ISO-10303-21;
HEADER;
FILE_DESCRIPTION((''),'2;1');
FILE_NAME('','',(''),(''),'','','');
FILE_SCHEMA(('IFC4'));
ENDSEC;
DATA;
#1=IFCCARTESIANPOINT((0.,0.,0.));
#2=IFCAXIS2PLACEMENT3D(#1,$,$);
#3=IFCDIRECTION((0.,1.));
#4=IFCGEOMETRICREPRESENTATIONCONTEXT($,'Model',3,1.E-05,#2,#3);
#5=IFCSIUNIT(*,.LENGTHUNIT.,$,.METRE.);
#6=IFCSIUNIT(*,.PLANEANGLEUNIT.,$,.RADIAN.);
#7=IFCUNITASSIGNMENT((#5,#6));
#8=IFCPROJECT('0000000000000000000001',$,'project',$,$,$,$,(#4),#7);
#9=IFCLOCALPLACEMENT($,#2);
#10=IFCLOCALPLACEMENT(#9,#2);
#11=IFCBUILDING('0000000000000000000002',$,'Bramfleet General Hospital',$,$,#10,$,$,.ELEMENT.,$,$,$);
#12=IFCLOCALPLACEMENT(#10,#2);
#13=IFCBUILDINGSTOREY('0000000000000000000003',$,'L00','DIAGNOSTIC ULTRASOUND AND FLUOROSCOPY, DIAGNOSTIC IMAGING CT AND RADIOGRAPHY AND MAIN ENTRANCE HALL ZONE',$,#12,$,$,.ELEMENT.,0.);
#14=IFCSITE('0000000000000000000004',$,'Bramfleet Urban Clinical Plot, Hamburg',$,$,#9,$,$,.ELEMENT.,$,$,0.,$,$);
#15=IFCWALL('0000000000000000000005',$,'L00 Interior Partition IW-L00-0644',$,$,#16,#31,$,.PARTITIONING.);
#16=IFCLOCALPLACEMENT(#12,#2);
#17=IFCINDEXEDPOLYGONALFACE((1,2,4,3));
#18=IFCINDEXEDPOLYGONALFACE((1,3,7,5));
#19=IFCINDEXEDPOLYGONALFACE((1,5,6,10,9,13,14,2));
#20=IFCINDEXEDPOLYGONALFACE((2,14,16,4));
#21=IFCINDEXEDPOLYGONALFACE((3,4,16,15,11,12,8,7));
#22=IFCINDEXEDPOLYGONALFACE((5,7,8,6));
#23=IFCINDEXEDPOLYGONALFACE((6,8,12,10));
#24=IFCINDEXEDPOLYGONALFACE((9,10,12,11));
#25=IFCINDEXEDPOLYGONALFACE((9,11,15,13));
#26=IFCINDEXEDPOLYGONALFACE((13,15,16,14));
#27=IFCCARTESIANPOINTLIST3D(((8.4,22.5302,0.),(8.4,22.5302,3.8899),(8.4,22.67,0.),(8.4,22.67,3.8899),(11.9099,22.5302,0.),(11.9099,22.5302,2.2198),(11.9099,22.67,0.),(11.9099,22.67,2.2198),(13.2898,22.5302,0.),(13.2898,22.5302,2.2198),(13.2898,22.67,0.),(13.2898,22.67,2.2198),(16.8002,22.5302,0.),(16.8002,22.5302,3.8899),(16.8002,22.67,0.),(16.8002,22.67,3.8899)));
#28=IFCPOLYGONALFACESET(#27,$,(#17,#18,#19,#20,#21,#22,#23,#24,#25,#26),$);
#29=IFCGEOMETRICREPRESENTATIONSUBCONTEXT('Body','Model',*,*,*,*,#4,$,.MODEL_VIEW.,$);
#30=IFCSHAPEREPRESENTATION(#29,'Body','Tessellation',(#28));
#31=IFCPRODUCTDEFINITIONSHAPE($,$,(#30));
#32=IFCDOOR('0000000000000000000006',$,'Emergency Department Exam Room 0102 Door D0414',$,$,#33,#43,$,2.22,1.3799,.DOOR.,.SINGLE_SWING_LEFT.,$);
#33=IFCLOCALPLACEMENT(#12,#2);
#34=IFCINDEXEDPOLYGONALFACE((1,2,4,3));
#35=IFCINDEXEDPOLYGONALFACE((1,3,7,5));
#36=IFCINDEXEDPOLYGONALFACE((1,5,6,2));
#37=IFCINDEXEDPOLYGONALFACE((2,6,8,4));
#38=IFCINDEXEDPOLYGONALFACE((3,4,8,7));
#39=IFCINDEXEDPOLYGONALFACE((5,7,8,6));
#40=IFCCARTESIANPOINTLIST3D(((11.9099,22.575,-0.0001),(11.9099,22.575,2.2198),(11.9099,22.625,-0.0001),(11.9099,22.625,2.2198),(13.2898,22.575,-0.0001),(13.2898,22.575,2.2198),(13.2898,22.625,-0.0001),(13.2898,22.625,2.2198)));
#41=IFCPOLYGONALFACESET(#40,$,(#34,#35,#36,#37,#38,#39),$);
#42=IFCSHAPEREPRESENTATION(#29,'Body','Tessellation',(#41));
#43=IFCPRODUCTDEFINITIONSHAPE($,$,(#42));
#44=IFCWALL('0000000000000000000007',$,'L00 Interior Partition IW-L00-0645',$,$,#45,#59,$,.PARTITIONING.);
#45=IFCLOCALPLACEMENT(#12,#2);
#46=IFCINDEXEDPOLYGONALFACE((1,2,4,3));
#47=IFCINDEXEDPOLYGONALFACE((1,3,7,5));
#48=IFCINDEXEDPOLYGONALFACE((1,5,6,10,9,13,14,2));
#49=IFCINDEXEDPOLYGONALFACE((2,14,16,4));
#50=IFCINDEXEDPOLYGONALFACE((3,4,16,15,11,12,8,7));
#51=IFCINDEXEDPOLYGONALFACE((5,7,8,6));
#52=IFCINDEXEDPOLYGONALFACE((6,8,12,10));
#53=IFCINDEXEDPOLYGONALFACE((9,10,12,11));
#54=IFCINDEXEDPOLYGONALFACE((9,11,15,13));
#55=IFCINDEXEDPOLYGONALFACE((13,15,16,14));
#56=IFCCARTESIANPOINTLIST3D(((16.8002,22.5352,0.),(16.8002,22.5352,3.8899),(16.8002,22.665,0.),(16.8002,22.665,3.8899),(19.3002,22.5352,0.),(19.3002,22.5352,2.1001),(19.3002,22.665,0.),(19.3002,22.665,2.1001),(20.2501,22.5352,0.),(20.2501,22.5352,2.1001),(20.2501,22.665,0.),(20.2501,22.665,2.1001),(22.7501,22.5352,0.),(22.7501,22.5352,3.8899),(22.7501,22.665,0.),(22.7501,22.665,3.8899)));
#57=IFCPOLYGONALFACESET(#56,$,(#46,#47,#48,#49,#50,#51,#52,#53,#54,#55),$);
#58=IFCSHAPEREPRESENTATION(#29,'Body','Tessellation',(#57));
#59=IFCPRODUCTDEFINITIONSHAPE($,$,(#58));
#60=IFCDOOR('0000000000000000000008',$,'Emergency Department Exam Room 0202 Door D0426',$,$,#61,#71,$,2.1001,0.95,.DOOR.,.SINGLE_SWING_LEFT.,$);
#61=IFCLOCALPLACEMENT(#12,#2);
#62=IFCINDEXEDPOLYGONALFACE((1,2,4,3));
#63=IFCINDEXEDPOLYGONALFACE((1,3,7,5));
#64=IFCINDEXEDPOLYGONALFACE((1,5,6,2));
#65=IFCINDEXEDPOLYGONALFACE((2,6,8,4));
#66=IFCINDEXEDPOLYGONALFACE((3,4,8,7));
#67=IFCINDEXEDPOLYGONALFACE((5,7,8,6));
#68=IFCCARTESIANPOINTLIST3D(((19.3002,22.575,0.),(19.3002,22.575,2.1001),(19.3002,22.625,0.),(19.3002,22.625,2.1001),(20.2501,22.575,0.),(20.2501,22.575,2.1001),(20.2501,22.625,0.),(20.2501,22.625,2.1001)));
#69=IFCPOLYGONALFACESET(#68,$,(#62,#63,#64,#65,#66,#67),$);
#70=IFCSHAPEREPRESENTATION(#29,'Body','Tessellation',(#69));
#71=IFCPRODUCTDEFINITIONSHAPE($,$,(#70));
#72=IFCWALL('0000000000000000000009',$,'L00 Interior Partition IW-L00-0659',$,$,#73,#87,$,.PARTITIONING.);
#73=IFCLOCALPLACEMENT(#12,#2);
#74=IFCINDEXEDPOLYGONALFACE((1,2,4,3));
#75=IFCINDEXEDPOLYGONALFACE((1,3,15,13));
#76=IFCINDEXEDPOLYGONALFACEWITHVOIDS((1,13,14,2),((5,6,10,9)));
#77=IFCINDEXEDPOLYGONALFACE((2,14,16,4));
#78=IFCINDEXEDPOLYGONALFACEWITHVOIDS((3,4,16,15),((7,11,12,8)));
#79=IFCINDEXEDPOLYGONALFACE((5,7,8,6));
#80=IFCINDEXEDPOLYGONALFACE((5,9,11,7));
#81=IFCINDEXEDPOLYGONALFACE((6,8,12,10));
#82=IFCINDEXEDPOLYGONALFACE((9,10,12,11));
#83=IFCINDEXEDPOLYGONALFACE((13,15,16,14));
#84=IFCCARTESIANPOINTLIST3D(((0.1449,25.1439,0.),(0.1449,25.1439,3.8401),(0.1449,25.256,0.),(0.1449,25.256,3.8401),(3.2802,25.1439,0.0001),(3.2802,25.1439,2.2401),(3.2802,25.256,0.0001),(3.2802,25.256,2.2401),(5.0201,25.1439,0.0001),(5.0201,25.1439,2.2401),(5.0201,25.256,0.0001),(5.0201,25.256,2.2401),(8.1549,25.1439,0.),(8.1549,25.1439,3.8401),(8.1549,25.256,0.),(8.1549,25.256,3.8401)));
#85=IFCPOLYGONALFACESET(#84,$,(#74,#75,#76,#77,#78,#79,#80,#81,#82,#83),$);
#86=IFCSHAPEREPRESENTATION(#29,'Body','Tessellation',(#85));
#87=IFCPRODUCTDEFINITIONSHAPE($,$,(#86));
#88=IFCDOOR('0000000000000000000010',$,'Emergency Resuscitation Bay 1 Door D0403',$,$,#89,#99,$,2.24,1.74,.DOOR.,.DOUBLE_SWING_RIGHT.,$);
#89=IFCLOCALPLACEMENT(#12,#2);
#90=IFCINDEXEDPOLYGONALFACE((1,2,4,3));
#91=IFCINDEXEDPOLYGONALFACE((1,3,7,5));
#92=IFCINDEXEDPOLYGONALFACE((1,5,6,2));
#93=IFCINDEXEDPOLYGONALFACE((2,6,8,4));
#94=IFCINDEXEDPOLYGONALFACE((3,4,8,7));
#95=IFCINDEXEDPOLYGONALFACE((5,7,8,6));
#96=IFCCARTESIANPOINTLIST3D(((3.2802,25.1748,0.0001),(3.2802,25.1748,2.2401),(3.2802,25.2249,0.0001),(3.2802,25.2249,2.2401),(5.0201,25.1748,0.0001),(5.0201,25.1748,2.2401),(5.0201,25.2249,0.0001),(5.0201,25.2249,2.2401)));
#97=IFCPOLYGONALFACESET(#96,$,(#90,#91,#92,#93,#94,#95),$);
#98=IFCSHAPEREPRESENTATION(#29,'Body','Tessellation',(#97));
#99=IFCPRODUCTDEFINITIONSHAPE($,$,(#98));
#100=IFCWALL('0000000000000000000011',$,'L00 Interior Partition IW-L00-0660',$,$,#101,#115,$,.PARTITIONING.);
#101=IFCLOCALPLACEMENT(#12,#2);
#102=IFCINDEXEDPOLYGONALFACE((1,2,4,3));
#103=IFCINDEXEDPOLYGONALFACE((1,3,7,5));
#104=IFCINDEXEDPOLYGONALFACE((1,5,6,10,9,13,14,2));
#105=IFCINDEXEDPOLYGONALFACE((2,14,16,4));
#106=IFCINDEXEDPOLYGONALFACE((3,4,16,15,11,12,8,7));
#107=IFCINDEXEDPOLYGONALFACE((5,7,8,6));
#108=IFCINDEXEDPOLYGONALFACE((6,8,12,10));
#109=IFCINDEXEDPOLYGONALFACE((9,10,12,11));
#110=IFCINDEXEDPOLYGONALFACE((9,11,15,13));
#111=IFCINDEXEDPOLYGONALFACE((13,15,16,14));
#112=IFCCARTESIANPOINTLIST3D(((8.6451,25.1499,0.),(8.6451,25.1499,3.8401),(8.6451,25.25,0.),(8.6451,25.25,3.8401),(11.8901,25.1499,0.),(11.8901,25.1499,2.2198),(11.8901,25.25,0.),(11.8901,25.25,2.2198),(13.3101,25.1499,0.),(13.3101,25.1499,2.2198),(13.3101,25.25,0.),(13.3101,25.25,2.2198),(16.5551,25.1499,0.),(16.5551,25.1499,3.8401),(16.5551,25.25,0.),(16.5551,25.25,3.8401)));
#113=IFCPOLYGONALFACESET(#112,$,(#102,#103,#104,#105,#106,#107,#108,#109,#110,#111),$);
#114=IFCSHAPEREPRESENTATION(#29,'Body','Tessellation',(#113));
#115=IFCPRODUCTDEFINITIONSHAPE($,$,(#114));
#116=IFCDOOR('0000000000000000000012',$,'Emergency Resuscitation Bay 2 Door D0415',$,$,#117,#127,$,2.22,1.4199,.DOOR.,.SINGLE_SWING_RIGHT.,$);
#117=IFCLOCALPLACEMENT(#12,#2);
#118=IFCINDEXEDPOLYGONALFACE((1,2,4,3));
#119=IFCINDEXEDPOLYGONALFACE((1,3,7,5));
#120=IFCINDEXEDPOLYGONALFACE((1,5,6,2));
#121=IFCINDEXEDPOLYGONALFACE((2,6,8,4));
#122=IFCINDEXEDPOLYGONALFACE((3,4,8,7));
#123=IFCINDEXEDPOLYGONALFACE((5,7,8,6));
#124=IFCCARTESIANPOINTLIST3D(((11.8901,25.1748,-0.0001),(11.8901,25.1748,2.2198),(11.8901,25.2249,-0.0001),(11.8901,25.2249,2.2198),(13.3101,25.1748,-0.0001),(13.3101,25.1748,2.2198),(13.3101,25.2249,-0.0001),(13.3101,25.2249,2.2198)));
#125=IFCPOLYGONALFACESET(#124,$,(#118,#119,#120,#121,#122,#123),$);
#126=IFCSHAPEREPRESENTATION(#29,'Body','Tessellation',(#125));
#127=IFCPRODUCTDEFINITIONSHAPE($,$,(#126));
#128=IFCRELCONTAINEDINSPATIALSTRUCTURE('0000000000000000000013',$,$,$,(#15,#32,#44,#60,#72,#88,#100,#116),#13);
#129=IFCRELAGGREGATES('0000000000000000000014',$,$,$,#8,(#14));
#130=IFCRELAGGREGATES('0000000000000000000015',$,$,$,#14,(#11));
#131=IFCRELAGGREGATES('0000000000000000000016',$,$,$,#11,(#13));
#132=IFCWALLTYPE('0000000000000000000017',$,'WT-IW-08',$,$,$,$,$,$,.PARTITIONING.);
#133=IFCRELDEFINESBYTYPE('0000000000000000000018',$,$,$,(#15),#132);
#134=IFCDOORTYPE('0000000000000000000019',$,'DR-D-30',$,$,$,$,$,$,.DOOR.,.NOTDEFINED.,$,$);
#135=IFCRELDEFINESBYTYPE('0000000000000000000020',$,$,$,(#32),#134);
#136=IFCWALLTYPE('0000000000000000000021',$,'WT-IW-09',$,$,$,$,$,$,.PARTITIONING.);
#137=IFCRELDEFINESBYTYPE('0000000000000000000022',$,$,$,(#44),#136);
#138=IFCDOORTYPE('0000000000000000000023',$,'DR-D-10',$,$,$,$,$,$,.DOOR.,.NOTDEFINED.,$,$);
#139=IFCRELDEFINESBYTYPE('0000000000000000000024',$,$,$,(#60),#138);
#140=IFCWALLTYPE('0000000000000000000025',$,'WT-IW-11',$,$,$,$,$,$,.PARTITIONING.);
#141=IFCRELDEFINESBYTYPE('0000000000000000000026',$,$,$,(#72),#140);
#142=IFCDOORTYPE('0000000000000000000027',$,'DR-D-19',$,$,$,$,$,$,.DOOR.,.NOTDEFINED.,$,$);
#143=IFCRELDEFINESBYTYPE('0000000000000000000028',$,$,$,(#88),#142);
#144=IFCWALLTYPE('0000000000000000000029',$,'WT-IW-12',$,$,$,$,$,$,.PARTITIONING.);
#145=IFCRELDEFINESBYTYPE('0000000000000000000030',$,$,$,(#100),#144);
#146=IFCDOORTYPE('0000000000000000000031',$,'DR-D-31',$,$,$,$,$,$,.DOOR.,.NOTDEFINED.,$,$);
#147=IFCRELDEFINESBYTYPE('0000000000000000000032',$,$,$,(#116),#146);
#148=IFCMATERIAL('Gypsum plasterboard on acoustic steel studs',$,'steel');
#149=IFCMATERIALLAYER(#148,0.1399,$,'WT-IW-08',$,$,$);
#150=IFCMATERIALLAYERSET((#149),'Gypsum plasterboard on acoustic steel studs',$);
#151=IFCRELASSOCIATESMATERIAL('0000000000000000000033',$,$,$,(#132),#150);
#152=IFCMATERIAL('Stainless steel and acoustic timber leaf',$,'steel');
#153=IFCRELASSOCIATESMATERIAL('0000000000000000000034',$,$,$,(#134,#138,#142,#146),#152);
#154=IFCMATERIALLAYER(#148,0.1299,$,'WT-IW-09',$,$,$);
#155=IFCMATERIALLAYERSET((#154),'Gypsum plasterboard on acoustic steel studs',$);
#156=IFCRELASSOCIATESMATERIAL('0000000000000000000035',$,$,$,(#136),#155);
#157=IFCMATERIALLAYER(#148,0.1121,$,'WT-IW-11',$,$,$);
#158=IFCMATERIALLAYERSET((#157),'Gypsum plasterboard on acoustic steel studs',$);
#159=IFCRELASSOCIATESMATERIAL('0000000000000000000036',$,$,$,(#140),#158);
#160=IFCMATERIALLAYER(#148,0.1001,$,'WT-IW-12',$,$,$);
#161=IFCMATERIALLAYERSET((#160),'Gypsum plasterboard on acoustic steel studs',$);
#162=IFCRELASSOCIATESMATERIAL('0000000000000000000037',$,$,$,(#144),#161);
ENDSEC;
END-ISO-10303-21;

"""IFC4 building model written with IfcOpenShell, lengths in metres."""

from ifc_helpers import new_model, si_unit, direction, frame, frame_2d, origin, place, context, subcontext, project, spatial, rectangle, extrude, material, layer, layer_set, type_object, element, fill, save


model = new_model("IFC4")

# Units and contexts
model_context = context("Model", 3, precision=1e-05, world=origin(), true_north=direction((0.0, 1.0)))
body_context = subcontext(model_context, "Body", "Model", "MODEL_VIEW")
ifc_project = project(units=[si_unit("LENGTHUNIT", "METRE"), si_unit("PLANEANGLEUNIT", "RADIAN")], contexts=[model_context])

# Site, building, storey
site_placement = place(None, origin())
site = spatial("IfcSite", under=ifc_project, at=site_placement, Name="Bramfleet Urban Clinical Plot, Hamburg", CompositionType="ELEMENT", RefElevation=0.0)
building_placement = place(site_placement, origin())
building = spatial("IfcBuilding", under=site, at=building_placement, Name="Bramfleet General Hospital", CompositionType="ELEMENT")
storey_placement = place(building_placement, origin())
storey = spatial("IfcBuildingStorey", under=building, at=storey_placement, Name="L00", Description="DIAGNOSTIC ULTRASOUND AND FLUOROSCOPY, DIAGNOSTIC IMAGING CT AND RADIOGRAPHY AND MAIN ENTRANCE HALL ZONE", CompositionType="ELEMENT", Elevation=0.0)

# Shared definitions
ifc_material_1 = material(Name="Stainless steel and acoustic timber leaf", Category="steel")

# Walls, openings, doors
ifc_material_2 = material(Name="Gypsum plasterboard on acoustic steel studs", Category="steel")
ifc_layer_1 = layer(ifc_material_2, 0.1399, Name="WT-IW-08")
ifc_layer_set_1 = layer_set([ifc_layer_1], Name="Gypsum plasterboard on acoustic steel studs")
wall_type_1 = type_object("IfcWallType", Name="WT-IW-08", PredefinedType="PARTITIONING", material=ifc_layer_set_1)
wall_1_placement = place(storey_placement, frame((8.3999, 22.6001, 0.0), z_axis=(0.0, 0.0, 1.0), x_axis=(1.0, 0.0, 0.0)))
wall_1 = element("IfcWall", 1, at=wall_1_placement, inside=storey, type_object=wall_type_1, Name="L00 Interior Partition IW-L00-0644", PredefinedType="PARTITIONING", context=body_context, shape_type="SweptSolid", body=[
    extrude(rectangle(XDim=8.4001, YDim=0.1399, at=frame_2d((4.2002, 0.0))), origin(), (0.0, 0.0, 1.0), 3.8899),
])
opening_1_placement = place(wall_1_placement, frame((3.51, 0.0, 0.0)))
opening_1 = element("IfcOpeningElement", 2, at=opening_1_placement, cuts=wall_1, PredefinedType="OPENING", context=body_context, shape_type="SweptSolid", body=[
    extrude(rectangle(XDim=1.3799, YDim=2.22, at=frame_2d((0.6899, 1.1099))), frame((0.0, 0.0798, 0.0), z_axis=(0.0, -1.0, 0.0), x_axis=(1.0, 0.0, 0.0)), (0.0, 0.0, 1.0), 0.1599),
])
door_type_1 = type_object("IfcDoorType", Name="DR-D-30", OperationType="NOTDEFINED", PredefinedType="DOOR", material=ifc_material_1)
door_1_placement = place(opening_1_placement, origin())
door_1 = element("IfcDoor", 3, at=door_1_placement, inside=storey, type_object=door_type_1, Name="Emergency Department Exam Room 0102 Door D0414", OperationType="SINGLE_SWING_LEFT", OverallHeight=2.22, OverallWidth=1.3799, PredefinedType="DOOR", context=body_context, shape_type="SweptSolid", body=[
    extrude(rectangle(XDim=1.3799, YDim=2.22, at=frame_2d((0.6899, 1.1099))), frame((0.0, 0.0249, 0.0), z_axis=(0.0, -1.0, 0.0), x_axis=(1.0, 0.0, 0.0)), (0.0, 0.0, 1.0), 0.05),
])
fill(opening_1, door_1)
ifc_layer_2 = layer(ifc_material_2, 0.1299, Name="WT-IW-09")
ifc_layer_set_2 = layer_set([ifc_layer_2], Name="Gypsum plasterboard on acoustic steel studs")
wall_type_2 = type_object("IfcWallType", Name="WT-IW-09", PredefinedType="PARTITIONING", material=ifc_layer_set_2)
wall_2_placement = place(storey_placement, frame((16.8, 22.6001, 0.0), z_axis=(0.0, 0.0, 1.0), x_axis=(1.0, 0.0, 0.0)))
wall_2 = element("IfcWall", 4, at=wall_2_placement, inside=storey, type_object=wall_type_2, Name="L00 Interior Partition IW-L00-0645", PredefinedType="PARTITIONING", context=body_context, shape_type="SweptSolid", body=[
    extrude(rectangle(XDim=5.95, YDim=0.1299, at=frame_2d((2.9751, 0.0))), origin(), (0.0, 0.0, 1.0), 3.8899),
])
opening_2_placement = place(wall_2_placement, frame((2.5, 0.0, 0.0)))
opening_2 = element("IfcOpeningElement", 5, at=opening_2_placement, cuts=wall_2, PredefinedType="OPENING", context=body_context, shape_type="SweptSolid", body=[
    extrude(rectangle(XDim=0.95, YDim=2.1001, at=frame_2d((0.4751, 1.05))), frame((0.0, 0.075, 0.0), z_axis=(0.0, -1.0, 0.0), x_axis=(1.0, 0.0, 0.0)), (0.0, 0.0, 1.0), 0.1499),
])
door_type_2 = type_object("IfcDoorType", Name="DR-D-10", OperationType="NOTDEFINED", PredefinedType="DOOR", material=ifc_material_1)
door_2_placement = place(opening_2_placement, origin())
door_2 = element("IfcDoor", 6, at=door_2_placement, inside=storey, type_object=door_type_2, Name="Emergency Department Exam Room 0202 Door D0426", OperationType="SINGLE_SWING_LEFT", OverallHeight=2.1001, OverallWidth=0.95, PredefinedType="DOOR", context=body_context, shape_type="SweptSolid", body=[
    extrude(rectangle(XDim=0.95, YDim=2.1001, at=frame_2d((0.4751, 1.05))), frame((0.0, 0.0249, 0.0), z_axis=(0.0, -1.0, 0.0), x_axis=(1.0, 0.0, 0.0)), (0.0, 0.0, 1.0), 0.05),
])
fill(opening_2, door_2)
ifc_layer_3 = layer(ifc_material_2, 0.1121, Name="WT-IW-11")
ifc_layer_set_3 = layer_set([ifc_layer_3], Name="Gypsum plasterboard on acoustic steel studs")
wall_type_3 = type_object("IfcWallType", Name="WT-IW-11", PredefinedType="PARTITIONING", material=ifc_layer_set_3)
wall_3_placement = place(storey_placement, frame((0.145, 25.2, 0.0), z_axis=(0.0, 0.0, 1.0), x_axis=(1.0, 0.0, 0.0)))
wall_3 = element("IfcWall", 7, at=wall_3_placement, inside=storey, type_object=wall_type_3, Name="L00 Interior Partition IW-L00-0659", PredefinedType="PARTITIONING", context=body_context, shape_type="SweptSolid", body=[
    extrude(rectangle(XDim=8.01, YDim=0.1121, at=frame_2d((4.0049, 0.0))), origin(), (0.0, 0.0, 1.0), 3.8401),
])
opening_3_placement = place(wall_3_placement, frame((3.135, 0.0, 0.0)))
opening_3 = element("IfcOpeningElement", 8, at=opening_3_placement, cuts=wall_3, PredefinedType="OPENING", context=body_context, shape_type="SweptSolid", body=[
    extrude(rectangle(XDim=1.74, YDim=2.24, at=frame_2d((0.8701, 1.1201))), frame((0.0, 0.0659, 0.0), z_axis=(0.0, -1.0, 0.0), x_axis=(1.0, 0.0, 0.0)), (0.0, 0.0, 1.0), 0.1321),
])
door_type_3 = type_object("IfcDoorType", Name="DR-D-19", OperationType="NOTDEFINED", PredefinedType="DOOR", material=ifc_material_1)
door_3_placement = place(opening_3_placement, origin())
door_3 = element("IfcDoor", 9, at=door_3_placement, inside=storey, type_object=door_type_3, Name="Emergency Resuscitation Bay 1 Door D0403", OperationType="DOUBLE_SWING_RIGHT", OverallHeight=2.24, OverallWidth=1.74, PredefinedType="DOOR", context=body_context, shape_type="SweptSolid", body=[
    extrude(rectangle(XDim=1.74, YDim=2.24, at=frame_2d((0.8701, 1.1201))), frame((0.0, 0.0249, 0.0), z_axis=(0.0, -1.0, 0.0), x_axis=(1.0, 0.0, 0.0)), (0.0, 0.0, 1.0), 0.05),
])
fill(opening_3, door_3)
ifc_layer_4 = layer(ifc_material_2, 0.1001, Name="WT-IW-12")
ifc_layer_set_4 = layer_set([ifc_layer_4], Name="Gypsum plasterboard on acoustic steel studs")
wall_type_4 = type_object("IfcWallType", Name="WT-IW-12", PredefinedType="PARTITIONING", material=ifc_layer_set_4)
wall_4_placement = place(storey_placement, frame((8.645, 25.2, 0.0), z_axis=(0.0, 0.0, 1.0), x_axis=(1.0, 0.0, 0.0)))
wall_4 = element("IfcWall", 10, at=wall_4_placement, inside=storey, type_object=wall_type_4, Name="L00 Interior Partition IW-L00-0660", PredefinedType="PARTITIONING", context=body_context, shape_type="SweptSolid", body=[
    extrude(rectangle(XDim=7.9099, YDim=0.1001, at=frame_2d((3.9551, 0.0))), origin(), (0.0, 0.0, 1.0), 3.8401),
])
opening_4_placement = place(wall_4_placement, frame((3.2451, 0.0, 0.0)))
opening_4 = element("IfcOpeningElement", 11, at=opening_4_placement, cuts=wall_4, PredefinedType="OPENING", context=body_context, shape_type="SweptSolid", body=[
    extrude(rectangle(XDim=1.4199, YDim=2.22, at=frame_2d((0.71, 1.1099))), frame((0.0, 0.0601, 0.0), z_axis=(0.0, -1.0, 0.0), x_axis=(1.0, 0.0, 0.0)), (0.0, 0.0, 1.0), 0.1201),
])
door_type_4 = type_object("IfcDoorType", Name="DR-D-31", OperationType="NOTDEFINED", PredefinedType="DOOR", material=ifc_material_1)
door_4_placement = place(opening_4_placement, origin())
door_4 = element("IfcDoor", 12, at=door_4_placement, inside=storey, type_object=door_type_4, Name="Emergency Resuscitation Bay 2 Door D0415", OperationType="SINGLE_SWING_RIGHT", OverallHeight=2.22, OverallWidth=1.4199, PredefinedType="DOOR", context=body_context, shape_type="SweptSolid", body=[
    extrude(rectangle(XDim=1.4199, YDim=2.22, at=frame_2d((0.71, 1.1099))), frame((0.0, 0.0249, 0.0), z_axis=(0.0, -1.0, 0.0), x_axis=(1.0, 0.0, 0.0)), (0.0, 0.0, 1.0), 0.05),
])
fill(opening_4, door_4)

save(model, "model.ifc")
